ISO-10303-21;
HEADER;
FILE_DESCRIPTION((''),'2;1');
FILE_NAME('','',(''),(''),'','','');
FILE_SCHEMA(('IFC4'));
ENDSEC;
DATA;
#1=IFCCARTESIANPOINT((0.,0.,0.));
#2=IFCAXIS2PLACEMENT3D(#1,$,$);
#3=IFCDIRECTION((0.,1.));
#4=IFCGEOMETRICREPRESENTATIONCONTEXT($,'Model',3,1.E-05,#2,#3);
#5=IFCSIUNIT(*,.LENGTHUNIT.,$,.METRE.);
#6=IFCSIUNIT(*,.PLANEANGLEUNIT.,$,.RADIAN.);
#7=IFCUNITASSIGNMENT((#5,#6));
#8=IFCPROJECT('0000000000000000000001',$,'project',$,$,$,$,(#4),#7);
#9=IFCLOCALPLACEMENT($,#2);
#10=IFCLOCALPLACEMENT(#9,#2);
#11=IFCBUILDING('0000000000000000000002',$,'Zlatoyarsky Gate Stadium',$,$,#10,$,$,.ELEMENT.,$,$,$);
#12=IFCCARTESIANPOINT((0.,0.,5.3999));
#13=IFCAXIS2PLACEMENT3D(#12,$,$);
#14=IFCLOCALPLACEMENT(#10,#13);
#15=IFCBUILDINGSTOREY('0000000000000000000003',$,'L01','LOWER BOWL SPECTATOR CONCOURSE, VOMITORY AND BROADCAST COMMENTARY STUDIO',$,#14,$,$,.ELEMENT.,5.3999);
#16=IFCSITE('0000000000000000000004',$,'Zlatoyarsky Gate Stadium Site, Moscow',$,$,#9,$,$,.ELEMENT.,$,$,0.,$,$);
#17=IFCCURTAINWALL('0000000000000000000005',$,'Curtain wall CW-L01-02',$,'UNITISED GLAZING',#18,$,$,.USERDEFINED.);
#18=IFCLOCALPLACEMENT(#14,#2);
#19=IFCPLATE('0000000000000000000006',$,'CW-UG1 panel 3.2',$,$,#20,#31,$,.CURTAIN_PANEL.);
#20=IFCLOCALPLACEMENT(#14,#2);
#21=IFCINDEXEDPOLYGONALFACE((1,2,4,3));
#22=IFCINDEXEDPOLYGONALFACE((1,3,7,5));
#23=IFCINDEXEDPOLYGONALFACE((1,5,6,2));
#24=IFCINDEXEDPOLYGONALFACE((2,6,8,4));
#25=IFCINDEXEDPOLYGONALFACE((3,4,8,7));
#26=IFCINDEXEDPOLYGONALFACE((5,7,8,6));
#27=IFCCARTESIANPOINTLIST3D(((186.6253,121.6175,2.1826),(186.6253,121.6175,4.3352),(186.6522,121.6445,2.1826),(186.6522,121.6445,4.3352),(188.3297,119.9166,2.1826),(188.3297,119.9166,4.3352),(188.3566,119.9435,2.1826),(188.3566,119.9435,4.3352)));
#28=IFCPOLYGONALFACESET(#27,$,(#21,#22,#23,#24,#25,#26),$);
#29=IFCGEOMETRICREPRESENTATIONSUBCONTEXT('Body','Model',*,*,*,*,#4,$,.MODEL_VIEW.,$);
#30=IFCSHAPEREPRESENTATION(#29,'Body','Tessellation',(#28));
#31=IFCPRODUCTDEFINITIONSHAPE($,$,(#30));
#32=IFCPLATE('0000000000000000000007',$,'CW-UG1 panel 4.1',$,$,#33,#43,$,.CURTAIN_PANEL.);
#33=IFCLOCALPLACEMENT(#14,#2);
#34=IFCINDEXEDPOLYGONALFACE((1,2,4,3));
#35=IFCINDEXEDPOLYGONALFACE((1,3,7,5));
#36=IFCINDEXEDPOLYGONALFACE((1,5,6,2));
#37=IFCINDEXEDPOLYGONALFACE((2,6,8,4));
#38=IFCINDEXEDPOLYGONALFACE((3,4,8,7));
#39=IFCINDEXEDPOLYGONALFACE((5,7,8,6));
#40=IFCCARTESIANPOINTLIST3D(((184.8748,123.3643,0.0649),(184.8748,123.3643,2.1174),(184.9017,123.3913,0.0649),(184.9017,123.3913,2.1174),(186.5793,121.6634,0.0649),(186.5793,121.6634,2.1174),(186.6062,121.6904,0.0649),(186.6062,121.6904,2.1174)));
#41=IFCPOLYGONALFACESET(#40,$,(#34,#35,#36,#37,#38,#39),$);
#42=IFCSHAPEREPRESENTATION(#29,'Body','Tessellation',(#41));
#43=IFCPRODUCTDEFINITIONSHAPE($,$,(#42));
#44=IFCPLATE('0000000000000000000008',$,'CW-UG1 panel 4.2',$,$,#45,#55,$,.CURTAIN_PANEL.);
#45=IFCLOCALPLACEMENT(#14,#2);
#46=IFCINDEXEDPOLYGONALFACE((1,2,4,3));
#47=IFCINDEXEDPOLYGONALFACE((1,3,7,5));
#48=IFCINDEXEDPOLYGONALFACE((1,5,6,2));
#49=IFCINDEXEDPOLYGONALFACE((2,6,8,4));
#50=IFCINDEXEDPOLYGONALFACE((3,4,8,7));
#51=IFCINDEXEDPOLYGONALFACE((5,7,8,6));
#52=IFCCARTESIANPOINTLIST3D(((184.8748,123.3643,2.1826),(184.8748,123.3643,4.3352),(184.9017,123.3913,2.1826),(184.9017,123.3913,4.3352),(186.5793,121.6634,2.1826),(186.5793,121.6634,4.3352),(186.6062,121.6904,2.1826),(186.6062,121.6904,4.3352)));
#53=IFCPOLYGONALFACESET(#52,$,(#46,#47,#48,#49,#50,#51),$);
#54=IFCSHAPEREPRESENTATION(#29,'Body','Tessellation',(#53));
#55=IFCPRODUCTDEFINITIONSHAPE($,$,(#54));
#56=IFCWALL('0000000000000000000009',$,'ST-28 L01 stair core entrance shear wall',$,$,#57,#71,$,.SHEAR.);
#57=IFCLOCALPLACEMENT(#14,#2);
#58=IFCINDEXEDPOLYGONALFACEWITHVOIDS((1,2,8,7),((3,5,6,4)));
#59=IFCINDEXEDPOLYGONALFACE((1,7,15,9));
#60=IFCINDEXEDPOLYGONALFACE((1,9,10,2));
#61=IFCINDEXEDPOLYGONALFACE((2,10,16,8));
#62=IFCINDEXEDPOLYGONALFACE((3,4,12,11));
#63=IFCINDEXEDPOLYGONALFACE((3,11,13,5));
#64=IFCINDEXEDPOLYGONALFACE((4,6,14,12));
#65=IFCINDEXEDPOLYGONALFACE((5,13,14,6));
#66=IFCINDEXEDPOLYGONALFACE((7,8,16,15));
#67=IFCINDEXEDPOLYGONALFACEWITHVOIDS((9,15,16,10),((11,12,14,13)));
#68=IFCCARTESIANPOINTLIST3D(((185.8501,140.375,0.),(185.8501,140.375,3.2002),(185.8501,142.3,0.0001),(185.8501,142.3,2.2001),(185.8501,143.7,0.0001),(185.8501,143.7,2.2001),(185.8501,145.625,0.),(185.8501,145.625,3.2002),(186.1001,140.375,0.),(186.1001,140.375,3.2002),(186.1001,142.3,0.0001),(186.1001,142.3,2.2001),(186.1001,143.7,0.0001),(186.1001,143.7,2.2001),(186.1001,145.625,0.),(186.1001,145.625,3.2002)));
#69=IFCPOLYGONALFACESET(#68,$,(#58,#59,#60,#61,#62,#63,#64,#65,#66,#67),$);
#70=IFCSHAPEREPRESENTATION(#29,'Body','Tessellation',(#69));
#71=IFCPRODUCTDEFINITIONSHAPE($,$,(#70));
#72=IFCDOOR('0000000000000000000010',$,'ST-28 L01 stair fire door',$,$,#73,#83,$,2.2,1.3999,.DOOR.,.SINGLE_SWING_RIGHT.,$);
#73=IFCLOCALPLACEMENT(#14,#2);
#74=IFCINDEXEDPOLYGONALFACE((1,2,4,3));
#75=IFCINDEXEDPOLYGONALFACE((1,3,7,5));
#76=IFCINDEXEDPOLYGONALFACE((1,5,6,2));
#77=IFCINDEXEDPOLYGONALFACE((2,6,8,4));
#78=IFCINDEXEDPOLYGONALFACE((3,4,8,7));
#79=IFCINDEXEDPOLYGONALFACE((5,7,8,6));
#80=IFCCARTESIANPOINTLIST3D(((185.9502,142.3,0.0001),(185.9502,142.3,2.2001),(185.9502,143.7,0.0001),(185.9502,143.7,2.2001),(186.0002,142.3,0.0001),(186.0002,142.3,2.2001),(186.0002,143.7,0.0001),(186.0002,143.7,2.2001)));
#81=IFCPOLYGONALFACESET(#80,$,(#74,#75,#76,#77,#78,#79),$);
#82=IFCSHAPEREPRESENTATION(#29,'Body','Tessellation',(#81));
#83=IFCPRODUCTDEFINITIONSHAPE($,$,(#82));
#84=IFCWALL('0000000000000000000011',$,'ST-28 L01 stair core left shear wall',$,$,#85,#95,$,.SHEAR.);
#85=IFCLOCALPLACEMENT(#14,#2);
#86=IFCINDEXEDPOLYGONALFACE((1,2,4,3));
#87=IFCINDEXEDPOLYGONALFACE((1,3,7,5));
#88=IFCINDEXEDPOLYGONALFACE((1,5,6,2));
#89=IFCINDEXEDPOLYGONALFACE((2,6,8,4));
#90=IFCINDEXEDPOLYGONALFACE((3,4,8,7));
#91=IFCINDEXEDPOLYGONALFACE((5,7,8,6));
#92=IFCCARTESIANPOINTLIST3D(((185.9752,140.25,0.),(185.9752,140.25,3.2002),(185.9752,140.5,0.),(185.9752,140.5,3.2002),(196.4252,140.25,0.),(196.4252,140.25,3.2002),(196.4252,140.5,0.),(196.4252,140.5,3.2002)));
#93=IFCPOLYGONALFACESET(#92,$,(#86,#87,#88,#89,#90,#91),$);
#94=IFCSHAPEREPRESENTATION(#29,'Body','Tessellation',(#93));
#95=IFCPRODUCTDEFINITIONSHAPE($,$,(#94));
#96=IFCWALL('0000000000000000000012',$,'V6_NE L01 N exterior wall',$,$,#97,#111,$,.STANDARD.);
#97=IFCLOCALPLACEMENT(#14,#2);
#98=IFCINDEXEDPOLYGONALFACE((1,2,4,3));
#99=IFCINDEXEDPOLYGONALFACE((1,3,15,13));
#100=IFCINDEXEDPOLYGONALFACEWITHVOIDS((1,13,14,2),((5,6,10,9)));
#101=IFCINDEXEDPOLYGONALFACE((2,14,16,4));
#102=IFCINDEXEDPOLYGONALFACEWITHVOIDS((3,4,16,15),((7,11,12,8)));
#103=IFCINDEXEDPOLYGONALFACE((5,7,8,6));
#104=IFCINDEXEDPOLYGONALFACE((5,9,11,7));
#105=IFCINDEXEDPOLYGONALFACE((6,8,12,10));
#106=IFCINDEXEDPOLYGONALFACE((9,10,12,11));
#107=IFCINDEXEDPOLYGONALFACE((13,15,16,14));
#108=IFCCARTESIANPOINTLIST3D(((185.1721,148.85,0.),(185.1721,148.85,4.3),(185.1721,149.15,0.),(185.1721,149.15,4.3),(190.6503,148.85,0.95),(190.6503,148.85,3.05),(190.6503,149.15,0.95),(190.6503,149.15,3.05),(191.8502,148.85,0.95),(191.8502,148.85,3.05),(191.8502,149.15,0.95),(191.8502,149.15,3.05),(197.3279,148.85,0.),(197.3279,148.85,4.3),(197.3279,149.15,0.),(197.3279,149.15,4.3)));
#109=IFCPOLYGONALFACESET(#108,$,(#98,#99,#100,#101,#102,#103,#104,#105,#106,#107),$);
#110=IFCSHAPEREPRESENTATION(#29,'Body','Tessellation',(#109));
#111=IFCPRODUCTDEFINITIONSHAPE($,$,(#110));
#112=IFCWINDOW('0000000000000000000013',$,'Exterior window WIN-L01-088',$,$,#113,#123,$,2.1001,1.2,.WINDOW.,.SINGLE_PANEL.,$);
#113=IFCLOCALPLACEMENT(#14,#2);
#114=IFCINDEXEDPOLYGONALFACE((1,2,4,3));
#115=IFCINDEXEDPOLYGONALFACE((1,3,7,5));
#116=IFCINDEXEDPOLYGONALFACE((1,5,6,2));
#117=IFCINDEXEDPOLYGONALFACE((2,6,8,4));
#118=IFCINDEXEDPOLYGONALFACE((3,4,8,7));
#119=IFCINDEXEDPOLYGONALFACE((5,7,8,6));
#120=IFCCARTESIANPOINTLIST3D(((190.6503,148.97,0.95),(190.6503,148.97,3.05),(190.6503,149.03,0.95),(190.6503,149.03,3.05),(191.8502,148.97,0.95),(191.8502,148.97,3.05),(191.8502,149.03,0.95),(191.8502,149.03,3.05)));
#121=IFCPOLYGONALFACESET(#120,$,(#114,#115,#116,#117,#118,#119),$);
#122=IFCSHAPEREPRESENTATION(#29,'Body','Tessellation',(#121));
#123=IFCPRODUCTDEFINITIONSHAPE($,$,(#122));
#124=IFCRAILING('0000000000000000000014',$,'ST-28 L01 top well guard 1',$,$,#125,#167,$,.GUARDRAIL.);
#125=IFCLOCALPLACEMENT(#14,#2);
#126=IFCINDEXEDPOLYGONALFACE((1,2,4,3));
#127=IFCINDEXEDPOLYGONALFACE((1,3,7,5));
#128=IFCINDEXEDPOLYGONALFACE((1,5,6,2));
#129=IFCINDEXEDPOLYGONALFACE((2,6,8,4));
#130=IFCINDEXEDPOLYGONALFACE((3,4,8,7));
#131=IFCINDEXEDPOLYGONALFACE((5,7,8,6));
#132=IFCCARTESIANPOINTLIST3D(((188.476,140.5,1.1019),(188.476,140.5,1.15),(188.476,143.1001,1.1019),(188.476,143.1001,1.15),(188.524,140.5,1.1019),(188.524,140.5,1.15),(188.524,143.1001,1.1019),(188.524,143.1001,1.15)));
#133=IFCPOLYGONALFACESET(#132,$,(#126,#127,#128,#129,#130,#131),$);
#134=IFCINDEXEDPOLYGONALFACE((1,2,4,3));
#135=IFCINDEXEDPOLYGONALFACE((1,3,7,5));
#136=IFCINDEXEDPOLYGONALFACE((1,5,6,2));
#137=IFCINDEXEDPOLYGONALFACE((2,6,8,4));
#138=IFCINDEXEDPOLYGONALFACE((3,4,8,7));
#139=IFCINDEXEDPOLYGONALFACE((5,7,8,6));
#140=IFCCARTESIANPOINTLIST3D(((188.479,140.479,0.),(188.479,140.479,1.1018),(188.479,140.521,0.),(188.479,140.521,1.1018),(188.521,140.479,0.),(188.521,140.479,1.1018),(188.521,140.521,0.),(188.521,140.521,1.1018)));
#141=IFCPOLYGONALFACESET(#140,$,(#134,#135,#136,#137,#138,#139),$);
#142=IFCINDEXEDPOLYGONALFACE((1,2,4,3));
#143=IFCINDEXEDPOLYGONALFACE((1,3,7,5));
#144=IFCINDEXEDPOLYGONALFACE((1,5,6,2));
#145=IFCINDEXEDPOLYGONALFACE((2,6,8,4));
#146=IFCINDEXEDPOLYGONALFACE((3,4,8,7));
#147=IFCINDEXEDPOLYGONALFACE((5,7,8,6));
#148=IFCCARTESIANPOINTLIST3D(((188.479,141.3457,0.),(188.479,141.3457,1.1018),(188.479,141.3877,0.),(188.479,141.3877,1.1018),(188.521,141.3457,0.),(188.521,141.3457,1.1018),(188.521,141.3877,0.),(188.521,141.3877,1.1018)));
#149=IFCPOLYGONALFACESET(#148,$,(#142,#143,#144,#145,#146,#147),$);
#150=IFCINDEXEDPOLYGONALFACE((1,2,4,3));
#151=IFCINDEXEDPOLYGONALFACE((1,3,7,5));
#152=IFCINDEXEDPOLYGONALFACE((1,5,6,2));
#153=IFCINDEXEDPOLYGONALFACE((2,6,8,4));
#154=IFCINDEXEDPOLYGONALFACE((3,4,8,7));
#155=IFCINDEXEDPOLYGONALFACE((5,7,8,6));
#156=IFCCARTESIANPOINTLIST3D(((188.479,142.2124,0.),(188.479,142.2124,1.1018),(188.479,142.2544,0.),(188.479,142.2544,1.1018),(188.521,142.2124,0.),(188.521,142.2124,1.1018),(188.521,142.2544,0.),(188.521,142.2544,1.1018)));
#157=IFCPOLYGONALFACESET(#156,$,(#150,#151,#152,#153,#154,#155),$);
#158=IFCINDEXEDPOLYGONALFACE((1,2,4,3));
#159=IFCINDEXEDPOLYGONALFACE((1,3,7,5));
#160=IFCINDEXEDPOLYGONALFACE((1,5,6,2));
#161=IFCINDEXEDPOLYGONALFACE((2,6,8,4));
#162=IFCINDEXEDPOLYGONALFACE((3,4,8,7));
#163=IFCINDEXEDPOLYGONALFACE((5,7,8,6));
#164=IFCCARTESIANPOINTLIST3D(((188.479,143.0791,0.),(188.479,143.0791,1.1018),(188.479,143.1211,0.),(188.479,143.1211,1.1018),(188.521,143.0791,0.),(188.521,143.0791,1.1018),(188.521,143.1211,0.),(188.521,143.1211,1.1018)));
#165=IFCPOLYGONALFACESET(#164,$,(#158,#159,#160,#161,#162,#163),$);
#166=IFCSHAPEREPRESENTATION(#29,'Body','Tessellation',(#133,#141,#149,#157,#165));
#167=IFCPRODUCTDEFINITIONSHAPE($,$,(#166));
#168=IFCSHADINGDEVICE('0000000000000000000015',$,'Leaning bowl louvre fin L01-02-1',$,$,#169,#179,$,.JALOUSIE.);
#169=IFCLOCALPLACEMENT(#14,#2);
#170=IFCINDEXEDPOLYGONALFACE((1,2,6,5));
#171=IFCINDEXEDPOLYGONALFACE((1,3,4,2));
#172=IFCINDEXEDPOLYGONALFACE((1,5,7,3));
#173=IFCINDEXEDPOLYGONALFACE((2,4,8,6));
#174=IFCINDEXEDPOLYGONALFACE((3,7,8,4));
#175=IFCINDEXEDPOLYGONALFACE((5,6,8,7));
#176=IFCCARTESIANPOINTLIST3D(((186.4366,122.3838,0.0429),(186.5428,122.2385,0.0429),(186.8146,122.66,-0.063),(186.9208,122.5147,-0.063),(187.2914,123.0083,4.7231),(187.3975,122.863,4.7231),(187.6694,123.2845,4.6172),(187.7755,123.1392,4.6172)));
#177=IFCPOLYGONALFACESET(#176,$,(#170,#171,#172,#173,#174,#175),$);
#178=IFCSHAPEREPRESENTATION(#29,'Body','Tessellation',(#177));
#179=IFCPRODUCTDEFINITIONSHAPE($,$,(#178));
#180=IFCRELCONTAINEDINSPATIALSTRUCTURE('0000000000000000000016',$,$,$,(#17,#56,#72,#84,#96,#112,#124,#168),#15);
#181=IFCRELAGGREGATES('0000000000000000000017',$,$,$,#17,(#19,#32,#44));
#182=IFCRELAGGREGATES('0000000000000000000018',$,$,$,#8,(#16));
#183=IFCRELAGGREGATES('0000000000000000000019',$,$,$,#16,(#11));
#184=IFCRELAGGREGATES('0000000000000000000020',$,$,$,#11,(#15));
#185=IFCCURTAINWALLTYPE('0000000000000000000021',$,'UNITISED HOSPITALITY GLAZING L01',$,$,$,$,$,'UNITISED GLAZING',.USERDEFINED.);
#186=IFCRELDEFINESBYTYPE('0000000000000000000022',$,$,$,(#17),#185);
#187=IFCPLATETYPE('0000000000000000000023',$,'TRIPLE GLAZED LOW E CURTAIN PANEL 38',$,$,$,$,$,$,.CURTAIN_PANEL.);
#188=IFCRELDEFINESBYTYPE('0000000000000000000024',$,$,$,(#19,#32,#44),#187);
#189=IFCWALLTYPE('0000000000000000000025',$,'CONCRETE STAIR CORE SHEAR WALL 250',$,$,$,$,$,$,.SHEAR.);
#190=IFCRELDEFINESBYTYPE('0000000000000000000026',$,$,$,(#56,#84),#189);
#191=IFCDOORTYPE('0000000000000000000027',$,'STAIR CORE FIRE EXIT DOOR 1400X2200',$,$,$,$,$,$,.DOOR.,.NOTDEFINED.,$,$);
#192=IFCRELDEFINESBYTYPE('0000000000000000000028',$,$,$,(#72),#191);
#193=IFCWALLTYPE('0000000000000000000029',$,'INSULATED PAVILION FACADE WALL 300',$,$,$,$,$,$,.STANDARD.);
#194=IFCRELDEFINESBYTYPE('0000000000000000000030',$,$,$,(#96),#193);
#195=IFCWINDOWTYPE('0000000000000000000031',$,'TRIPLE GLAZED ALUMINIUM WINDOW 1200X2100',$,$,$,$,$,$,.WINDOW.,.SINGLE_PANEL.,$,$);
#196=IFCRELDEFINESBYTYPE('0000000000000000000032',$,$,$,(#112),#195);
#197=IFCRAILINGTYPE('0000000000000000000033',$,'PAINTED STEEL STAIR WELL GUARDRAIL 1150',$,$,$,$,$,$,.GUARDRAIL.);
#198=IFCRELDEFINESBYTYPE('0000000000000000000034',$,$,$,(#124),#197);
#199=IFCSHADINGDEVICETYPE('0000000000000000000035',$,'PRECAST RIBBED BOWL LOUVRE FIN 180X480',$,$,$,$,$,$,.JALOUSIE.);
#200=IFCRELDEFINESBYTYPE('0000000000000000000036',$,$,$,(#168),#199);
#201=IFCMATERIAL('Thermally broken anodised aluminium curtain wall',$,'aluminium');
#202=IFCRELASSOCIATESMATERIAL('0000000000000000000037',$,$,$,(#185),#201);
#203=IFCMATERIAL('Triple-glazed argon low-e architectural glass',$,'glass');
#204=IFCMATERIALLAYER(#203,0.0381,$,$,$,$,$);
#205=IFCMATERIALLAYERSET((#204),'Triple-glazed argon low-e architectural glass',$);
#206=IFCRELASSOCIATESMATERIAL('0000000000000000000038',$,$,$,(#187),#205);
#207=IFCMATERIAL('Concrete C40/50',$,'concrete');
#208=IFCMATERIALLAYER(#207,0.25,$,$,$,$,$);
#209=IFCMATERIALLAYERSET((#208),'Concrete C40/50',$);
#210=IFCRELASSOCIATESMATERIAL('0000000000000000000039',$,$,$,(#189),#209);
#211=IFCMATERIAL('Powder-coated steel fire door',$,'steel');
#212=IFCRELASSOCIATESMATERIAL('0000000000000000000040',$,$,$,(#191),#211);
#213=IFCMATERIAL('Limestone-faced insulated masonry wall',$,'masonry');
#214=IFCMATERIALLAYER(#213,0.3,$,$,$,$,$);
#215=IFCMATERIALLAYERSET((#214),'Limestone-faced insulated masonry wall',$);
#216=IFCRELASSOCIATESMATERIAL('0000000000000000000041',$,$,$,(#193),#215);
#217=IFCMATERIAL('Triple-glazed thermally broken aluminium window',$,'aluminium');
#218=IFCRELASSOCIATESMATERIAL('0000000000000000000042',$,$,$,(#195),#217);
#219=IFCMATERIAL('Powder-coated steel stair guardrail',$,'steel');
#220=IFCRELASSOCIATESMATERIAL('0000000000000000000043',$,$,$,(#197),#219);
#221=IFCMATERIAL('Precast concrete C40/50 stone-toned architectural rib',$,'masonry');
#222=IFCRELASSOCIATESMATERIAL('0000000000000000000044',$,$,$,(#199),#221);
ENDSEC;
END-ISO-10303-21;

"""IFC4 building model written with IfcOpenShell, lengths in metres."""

from ifc_helpers import new_model, si_unit, direction, frame, frame_2d, origin, origin_2d, place, context, subcontext, project, spatial, rectangle, extrude, material, layer, layer_set, material_profile, profile_set, type_object, element, fill, aggregate, save


model = new_model("IFC4")

# Units and contexts
model_context = context("Model", 3, precision=1e-05, world=origin(), true_north=direction((0.0, 1.0)))
body_context = subcontext(model_context, "Body", "Model", "MODEL_VIEW")
ifc_project = project(units=[si_unit("LENGTHUNIT", "METRE"), si_unit("PLANEANGLEUNIT", "RADIAN")], contexts=[model_context])

# Site, building, storey
site_placement = place(None, origin())
site = spatial("IfcSite", under=ifc_project, at=site_placement, Name="Zlatoyarsky Gate Stadium Site, Moscow", CompositionType="ELEMENT", RefElevation=0.0)
building_placement = place(site_placement, origin())
building = spatial("IfcBuilding", under=site, at=building_placement, Name="Zlatoyarsky Gate Stadium", CompositionType="ELEMENT")
storey_placement = place(building_placement, frame((0.0, 0.0, 5.3999)))
storey = spatial("IfcBuildingStorey", under=building, at=storey_placement, Name="L01", Description="LOWER BOWL SPECTATOR CONCOURSE, VOMITORY AND BROADCAST COMMENTARY STUDIO", CompositionType="ELEMENT", Elevation=5.3999)

# Curtain wall
ifc_material_1 = material(Name="Thermally broken anodised aluminium curtain wall", Category="aluminium")
curtain_wall_type = type_object("IfcCurtainWallType", Name="UNITISED HOSPITALITY GLAZING L01", ElementType="UNITISED GLAZING", PredefinedType="USERDEFINED", material=ifc_material_1)
curtain_wall_placement = place(storey_placement, origin())
curtain_wall = element("IfcCurtainWall", 1, at=curtain_wall_placement, inside=storey, type_object=curtain_wall_type, Name="Curtain wall CW-L01-02", ObjectType="UNITISED GLAZING", PredefinedType="USERDEFINED")

# Plates
ifc_material_2 = material(Name="Triple-glazed argon low-e architectural glass", Category="glass")
ifc_layer_1 = layer(ifc_material_2, 0.0381)
ifc_layer_set_1 = layer_set([ifc_layer_1], Name="Triple-glazed argon low-e architectural glass")
plate_type_1 = type_object("IfcPlateType", Name="TRIPLE GLAZED LOW E CURTAIN PANEL 38", PredefinedType="CURTAIN_PANEL", material=ifc_layer_set_1)
plate_1_placement = place(storey_placement, frame((187.491, 120.7805, 2.1826), z_axis=(0.0, 0.0, 1.0), x_axis=(-0.707842, 0.706371, 0.0)))
plate_1 = element("IfcPlate", 2, at=plate_1_placement, type_object=plate_type_1, Name="CW-UG1 panel 3.2", PredefinedType="CURTAIN_PANEL", context=body_context, shape_type="SweptSolid", body=[
    extrude(rectangle(XDim=2.408, YDim=0.0381, at=origin_2d()), origin(), (0.0, 0.0, 1.0), 2.1526),
])
plate_2_placement = place(storey_placement, frame((185.7405, 122.5273, 0.0649), z_axis=(0.0, 0.0, 1.0), x_axis=(-0.707842, 0.706371, 0.0)))
plate_2 = element("IfcPlate", 3, at=plate_2_placement, type_object=plate_type_1, Name="CW-UG1 panel 4.1", PredefinedType="CURTAIN_PANEL", context=body_context, shape_type="SweptSolid", body=[
    extrude(rectangle(XDim=2.408, YDim=0.0381, at=origin_2d()), origin(), (0.0, 0.0, 1.0), 2.0525),
])
plate_3_placement = place(storey_placement, frame((185.7405, 122.5273, 2.1826), z_axis=(0.0, 0.0, 1.0), x_axis=(-0.707842, 0.706371, 0.0)))
plate_3 = element("IfcPlate", 4, at=plate_3_placement, type_object=plate_type_1, Name="CW-UG1 panel 4.2", PredefinedType="CURTAIN_PANEL", context=body_context, shape_type="SweptSolid", body=[
    extrude(rectangle(XDim=2.408, YDim=0.0381, at=origin_2d()), origin(), (0.0, 0.0, 1.0), 2.1526),
])
aggregate(curtain_wall, [plate_1, plate_2, plate_3])

# Wall, opening, door
ifc_material_3 = material(Name="Concrete C40/50", Category="concrete")
ifc_layer_2 = layer(ifc_material_3, 0.25)
ifc_layer_set_2 = layer_set([ifc_layer_2], Name="Concrete C40/50")
wall_type_1 = type_object("IfcWallType", Name="CONCRETE STAIR CORE SHEAR WALL 250", PredefinedType="SHEAR", material=ifc_layer_set_2)
wall_1_placement = place(storey_placement, frame((185.9751, 145.625, 0.0), z_axis=(0.0, 0.0, 1.0), x_axis=(0.0, -1.0, 0.0)))
wall_1 = element("IfcWall", 5, at=wall_1_placement, inside=storey, type_object=wall_type_1, Name="ST-28 L01 stair core entrance shear wall", PredefinedType="SHEAR", context=body_context, shape_type="SweptSolid", body=[
    extrude(rectangle(XDim=5.25, YDim=0.25, at=frame_2d((2.625, 0.0))), origin(), (0.0, 0.0, 1.0), 3.2002),
])
opening_1_placement = place(wall_1_placement, frame((1.925, 0.0, 0.0)))
opening_1 = element("IfcOpeningElement", 6, at=opening_1_placement, cuts=wall_1, PredefinedType="OPENING", context=body_context, shape_type="SweptSolid", body=[
    extrude(rectangle(XDim=1.3999, YDim=2.2, at=frame_2d((0.7, 1.1001))), frame((0.0, 0.135, 0.0), z_axis=(0.0, -1.0, 0.0), x_axis=(1.0, 0.0, 0.0)), (0.0, 0.0, 1.0), 0.27),
])
ifc_material_4 = material(Name="Powder-coated steel fire door", Category="steel")
door_type = type_object("IfcDoorType", Name="STAIR CORE FIRE EXIT DOOR 1400X2200", OperationType="NOTDEFINED", PredefinedType="DOOR", material=ifc_material_4)
door_placement = place(opening_1_placement, frame((1.3999, 0.0, 0.0), z_axis=(0.0, 0.0, 1.0), x_axis=(-1.0, 0.0, 0.0)))
door = element("IfcDoor", 7, at=door_placement, inside=storey, type_object=door_type, Name="ST-28 L01 stair fire door", OperationType="SINGLE_SWING_RIGHT", OverallHeight=2.2, OverallWidth=1.3999, PredefinedType="DOOR", context=body_context, shape_type="SweptSolid", body=[
    extrude(rectangle(XDim=1.3999, YDim=2.2, at=frame_2d((0.7, 1.1001))), frame((0.0, 0.0249, 0.0), z_axis=(0.0, -1.0, 0.0), x_axis=(1.0, 0.0, 0.0)), (0.0, 0.0, 1.0), 0.05),
])
fill(opening_1, door)

# Wall
wall_2_placement = place(storey_placement, frame((185.9751, 140.375, 0.0), z_axis=(0.0, 0.0, 1.0), x_axis=(1.0, 0.0, 0.0)))
element("IfcWall", 8, at=wall_2_placement, inside=storey, type_object=wall_type_1, Name="ST-28 L01 stair core left shear wall", PredefinedType="SHEAR", context=body_context, shape_type="SweptSolid", body=[
    extrude(rectangle(XDim=10.45, YDim=0.25, at=frame_2d((5.2251, 0.0))), origin(), (0.0, 0.0, 1.0), 3.2002),
])

# Wall, opening, window
ifc_material_5 = material(Name="Limestone-faced insulated masonry wall", Category="masonry")
ifc_layer_3 = layer(ifc_material_5, 0.3)
ifc_layer_set_3 = layer_set([ifc_layer_3], Name="Limestone-faced insulated masonry wall")
wall_type_2 = type_object("IfcWallType", Name="INSULATED PAVILION FACADE WALL 300", PredefinedType="STANDARD", material=ifc_layer_set_3)
wall_3_placement = place(storey_placement, frame((185.1721, 149.0, 0.0), z_axis=(0.0, 0.0, 1.0), x_axis=(1.0, 0.0, 0.0)))
wall_3 = element("IfcWall", 9, at=wall_3_placement, inside=storey, type_object=wall_type_2, Name="V6_NE L01 N exterior wall", PredefinedType="STANDARD", context=body_context, shape_type="SweptSolid", body=[
    extrude(rectangle(XDim=12.1558, YDim=0.3, at=frame_2d((6.0779, 0.0))), origin(), (0.0, 0.0, 1.0), 4.3),
])
opening_2_placement = place(wall_3_placement, frame((5.478, 0.0, 0.95)))
opening_2 = element("IfcOpeningElement", 10, at=opening_2_placement, cuts=wall_3, PredefinedType="OPENING", context=body_context, shape_type="SweptSolid", body=[
    extrude(rectangle(XDim=1.2, YDim=2.1001, at=frame_2d((0.6001, 1.05))), frame((0.0, 0.1599, 0.0), z_axis=(0.0, -1.0, 0.0), x_axis=(1.0, 0.0, 0.0)), (0.0, 0.0, 1.0), 0.3201),
])
ifc_material_6 = material(Name="Triple-glazed thermally broken aluminium window", Category="aluminium")
window_type = type_object("IfcWindowType", Name="TRIPLE GLAZED ALUMINIUM WINDOW 1200X2100", PartitioningType="SINGLE_PANEL", PredefinedType="WINDOW", material=ifc_material_6)
window_placement = place(opening_2_placement, origin())
window = element("IfcWindow", 11, at=window_placement, inside=storey, type_object=window_type, Name="Exterior window WIN-L01-088", OverallHeight=2.1001, OverallWidth=1.2, PartitioningType="SINGLE_PANEL", PredefinedType="WINDOW", context=body_context, shape_type="SweptSolid", body=[
    extrude(rectangle(XDim=1.2, YDim=2.1001, at=frame_2d((0.6001, 1.05))), frame((0.0, 0.03, 0.0), z_axis=(0.0, -1.0, 0.0), x_axis=(1.0, 0.0, 0.0)), (0.0, 0.0, 1.0), 0.0601),
])
fill(opening_2, window)

# Railing
ifc_material_7 = material(Name="Powder-coated steel stair guardrail", Category="steel")
railing_type = type_object("IfcRailingType", Name="PAINTED STEEL STAIR WELL GUARDRAIL 1150", PredefinedType="GUARDRAIL", material=ifc_material_7)
railing_placement = place(storey_placement, frame((188.5, 140.5, 0.0)))
element("IfcRailing", 12, at=railing_placement, inside=storey, type_object=railing_type, Name="ST-28 L01 top well guard 1", PredefinedType="GUARDRAIL", context=body_context, shape_type="SweptSolid", body=[
    extrude(rectangle(XDim=0.0481, YDim=0.0481, at=origin_2d()), frame((0.0, 0.0, 1.126), z_axis=(0.0, 1.0, 0.0), x_axis=(-1.0, 0.0, 0.0)), (0.0, 0.0, 1.0), 2.6001),
    extrude(rectangle(XDim=0.042, YDim=0.042, at=origin_2d()), origin(), (0.0, 0.0, 1.0), 1.1018),
    extrude(rectangle(XDim=0.042, YDim=0.042, at=origin_2d()), frame((0.0, 0.8667, 0.0)), (0.0, 0.0, 1.0), 1.1018),
    extrude(rectangle(XDim=0.042, YDim=0.042, at=origin_2d()), frame((0.0, 1.7334, 0.0)), (0.0, 0.0, 1.0), 1.1018),
    extrude(rectangle(XDim=0.042, YDim=0.042, at=origin_2d()), frame((0.0, 2.6001, 0.0)), (0.0, 0.0, 1.0), 1.1018),
])

# Shading device
ifc_material_8 = material(Name="Precast concrete C40/50 stone-toned architectural rib", Category="masonry")
ifc_material_profile_1 = material_profile(ifc_material_8, rectangle(XDim=0.1799, YDim=0.48, at=origin_2d()), Name="RIB 180X480")
ifc_profile_set_1 = profile_set([ifc_material_profile_1], Name="Precast concrete C40/50 stone-toned architectural rib")
shading_device_type = type_object("IfcShadingDeviceType", Name="PRECAST RIBBED BOWL LOUVRE FIN 180X480", PredefinedType="JALOUSIE", material=ifc_profile_set_1)
for number, where, z_axis, x_axis, name in (
    (13, (186.6787, 122.4492, -0.01), (0.178129, 0.13015, 0.975362), (-0.589953, 0.807438, 0.0), "Leaning bowl louvre fin L01-02-1"),
):
    element("IfcShadingDevice", number, at=place(storey_placement, frame(where, z_axis=z_axis, x_axis=x_axis)), inside=storey, type_object=shading_device_type, Name=name, PredefinedType="JALOUSIE", context=body_context, shape_type="SweptSolid", body=[
        extrude(rectangle(XDim=0.1799, YDim=0.48, at=origin_2d()), origin(), (0.0, 0.0, 1.0), 4.7983),
    ])

save(model, "model.ifc")
